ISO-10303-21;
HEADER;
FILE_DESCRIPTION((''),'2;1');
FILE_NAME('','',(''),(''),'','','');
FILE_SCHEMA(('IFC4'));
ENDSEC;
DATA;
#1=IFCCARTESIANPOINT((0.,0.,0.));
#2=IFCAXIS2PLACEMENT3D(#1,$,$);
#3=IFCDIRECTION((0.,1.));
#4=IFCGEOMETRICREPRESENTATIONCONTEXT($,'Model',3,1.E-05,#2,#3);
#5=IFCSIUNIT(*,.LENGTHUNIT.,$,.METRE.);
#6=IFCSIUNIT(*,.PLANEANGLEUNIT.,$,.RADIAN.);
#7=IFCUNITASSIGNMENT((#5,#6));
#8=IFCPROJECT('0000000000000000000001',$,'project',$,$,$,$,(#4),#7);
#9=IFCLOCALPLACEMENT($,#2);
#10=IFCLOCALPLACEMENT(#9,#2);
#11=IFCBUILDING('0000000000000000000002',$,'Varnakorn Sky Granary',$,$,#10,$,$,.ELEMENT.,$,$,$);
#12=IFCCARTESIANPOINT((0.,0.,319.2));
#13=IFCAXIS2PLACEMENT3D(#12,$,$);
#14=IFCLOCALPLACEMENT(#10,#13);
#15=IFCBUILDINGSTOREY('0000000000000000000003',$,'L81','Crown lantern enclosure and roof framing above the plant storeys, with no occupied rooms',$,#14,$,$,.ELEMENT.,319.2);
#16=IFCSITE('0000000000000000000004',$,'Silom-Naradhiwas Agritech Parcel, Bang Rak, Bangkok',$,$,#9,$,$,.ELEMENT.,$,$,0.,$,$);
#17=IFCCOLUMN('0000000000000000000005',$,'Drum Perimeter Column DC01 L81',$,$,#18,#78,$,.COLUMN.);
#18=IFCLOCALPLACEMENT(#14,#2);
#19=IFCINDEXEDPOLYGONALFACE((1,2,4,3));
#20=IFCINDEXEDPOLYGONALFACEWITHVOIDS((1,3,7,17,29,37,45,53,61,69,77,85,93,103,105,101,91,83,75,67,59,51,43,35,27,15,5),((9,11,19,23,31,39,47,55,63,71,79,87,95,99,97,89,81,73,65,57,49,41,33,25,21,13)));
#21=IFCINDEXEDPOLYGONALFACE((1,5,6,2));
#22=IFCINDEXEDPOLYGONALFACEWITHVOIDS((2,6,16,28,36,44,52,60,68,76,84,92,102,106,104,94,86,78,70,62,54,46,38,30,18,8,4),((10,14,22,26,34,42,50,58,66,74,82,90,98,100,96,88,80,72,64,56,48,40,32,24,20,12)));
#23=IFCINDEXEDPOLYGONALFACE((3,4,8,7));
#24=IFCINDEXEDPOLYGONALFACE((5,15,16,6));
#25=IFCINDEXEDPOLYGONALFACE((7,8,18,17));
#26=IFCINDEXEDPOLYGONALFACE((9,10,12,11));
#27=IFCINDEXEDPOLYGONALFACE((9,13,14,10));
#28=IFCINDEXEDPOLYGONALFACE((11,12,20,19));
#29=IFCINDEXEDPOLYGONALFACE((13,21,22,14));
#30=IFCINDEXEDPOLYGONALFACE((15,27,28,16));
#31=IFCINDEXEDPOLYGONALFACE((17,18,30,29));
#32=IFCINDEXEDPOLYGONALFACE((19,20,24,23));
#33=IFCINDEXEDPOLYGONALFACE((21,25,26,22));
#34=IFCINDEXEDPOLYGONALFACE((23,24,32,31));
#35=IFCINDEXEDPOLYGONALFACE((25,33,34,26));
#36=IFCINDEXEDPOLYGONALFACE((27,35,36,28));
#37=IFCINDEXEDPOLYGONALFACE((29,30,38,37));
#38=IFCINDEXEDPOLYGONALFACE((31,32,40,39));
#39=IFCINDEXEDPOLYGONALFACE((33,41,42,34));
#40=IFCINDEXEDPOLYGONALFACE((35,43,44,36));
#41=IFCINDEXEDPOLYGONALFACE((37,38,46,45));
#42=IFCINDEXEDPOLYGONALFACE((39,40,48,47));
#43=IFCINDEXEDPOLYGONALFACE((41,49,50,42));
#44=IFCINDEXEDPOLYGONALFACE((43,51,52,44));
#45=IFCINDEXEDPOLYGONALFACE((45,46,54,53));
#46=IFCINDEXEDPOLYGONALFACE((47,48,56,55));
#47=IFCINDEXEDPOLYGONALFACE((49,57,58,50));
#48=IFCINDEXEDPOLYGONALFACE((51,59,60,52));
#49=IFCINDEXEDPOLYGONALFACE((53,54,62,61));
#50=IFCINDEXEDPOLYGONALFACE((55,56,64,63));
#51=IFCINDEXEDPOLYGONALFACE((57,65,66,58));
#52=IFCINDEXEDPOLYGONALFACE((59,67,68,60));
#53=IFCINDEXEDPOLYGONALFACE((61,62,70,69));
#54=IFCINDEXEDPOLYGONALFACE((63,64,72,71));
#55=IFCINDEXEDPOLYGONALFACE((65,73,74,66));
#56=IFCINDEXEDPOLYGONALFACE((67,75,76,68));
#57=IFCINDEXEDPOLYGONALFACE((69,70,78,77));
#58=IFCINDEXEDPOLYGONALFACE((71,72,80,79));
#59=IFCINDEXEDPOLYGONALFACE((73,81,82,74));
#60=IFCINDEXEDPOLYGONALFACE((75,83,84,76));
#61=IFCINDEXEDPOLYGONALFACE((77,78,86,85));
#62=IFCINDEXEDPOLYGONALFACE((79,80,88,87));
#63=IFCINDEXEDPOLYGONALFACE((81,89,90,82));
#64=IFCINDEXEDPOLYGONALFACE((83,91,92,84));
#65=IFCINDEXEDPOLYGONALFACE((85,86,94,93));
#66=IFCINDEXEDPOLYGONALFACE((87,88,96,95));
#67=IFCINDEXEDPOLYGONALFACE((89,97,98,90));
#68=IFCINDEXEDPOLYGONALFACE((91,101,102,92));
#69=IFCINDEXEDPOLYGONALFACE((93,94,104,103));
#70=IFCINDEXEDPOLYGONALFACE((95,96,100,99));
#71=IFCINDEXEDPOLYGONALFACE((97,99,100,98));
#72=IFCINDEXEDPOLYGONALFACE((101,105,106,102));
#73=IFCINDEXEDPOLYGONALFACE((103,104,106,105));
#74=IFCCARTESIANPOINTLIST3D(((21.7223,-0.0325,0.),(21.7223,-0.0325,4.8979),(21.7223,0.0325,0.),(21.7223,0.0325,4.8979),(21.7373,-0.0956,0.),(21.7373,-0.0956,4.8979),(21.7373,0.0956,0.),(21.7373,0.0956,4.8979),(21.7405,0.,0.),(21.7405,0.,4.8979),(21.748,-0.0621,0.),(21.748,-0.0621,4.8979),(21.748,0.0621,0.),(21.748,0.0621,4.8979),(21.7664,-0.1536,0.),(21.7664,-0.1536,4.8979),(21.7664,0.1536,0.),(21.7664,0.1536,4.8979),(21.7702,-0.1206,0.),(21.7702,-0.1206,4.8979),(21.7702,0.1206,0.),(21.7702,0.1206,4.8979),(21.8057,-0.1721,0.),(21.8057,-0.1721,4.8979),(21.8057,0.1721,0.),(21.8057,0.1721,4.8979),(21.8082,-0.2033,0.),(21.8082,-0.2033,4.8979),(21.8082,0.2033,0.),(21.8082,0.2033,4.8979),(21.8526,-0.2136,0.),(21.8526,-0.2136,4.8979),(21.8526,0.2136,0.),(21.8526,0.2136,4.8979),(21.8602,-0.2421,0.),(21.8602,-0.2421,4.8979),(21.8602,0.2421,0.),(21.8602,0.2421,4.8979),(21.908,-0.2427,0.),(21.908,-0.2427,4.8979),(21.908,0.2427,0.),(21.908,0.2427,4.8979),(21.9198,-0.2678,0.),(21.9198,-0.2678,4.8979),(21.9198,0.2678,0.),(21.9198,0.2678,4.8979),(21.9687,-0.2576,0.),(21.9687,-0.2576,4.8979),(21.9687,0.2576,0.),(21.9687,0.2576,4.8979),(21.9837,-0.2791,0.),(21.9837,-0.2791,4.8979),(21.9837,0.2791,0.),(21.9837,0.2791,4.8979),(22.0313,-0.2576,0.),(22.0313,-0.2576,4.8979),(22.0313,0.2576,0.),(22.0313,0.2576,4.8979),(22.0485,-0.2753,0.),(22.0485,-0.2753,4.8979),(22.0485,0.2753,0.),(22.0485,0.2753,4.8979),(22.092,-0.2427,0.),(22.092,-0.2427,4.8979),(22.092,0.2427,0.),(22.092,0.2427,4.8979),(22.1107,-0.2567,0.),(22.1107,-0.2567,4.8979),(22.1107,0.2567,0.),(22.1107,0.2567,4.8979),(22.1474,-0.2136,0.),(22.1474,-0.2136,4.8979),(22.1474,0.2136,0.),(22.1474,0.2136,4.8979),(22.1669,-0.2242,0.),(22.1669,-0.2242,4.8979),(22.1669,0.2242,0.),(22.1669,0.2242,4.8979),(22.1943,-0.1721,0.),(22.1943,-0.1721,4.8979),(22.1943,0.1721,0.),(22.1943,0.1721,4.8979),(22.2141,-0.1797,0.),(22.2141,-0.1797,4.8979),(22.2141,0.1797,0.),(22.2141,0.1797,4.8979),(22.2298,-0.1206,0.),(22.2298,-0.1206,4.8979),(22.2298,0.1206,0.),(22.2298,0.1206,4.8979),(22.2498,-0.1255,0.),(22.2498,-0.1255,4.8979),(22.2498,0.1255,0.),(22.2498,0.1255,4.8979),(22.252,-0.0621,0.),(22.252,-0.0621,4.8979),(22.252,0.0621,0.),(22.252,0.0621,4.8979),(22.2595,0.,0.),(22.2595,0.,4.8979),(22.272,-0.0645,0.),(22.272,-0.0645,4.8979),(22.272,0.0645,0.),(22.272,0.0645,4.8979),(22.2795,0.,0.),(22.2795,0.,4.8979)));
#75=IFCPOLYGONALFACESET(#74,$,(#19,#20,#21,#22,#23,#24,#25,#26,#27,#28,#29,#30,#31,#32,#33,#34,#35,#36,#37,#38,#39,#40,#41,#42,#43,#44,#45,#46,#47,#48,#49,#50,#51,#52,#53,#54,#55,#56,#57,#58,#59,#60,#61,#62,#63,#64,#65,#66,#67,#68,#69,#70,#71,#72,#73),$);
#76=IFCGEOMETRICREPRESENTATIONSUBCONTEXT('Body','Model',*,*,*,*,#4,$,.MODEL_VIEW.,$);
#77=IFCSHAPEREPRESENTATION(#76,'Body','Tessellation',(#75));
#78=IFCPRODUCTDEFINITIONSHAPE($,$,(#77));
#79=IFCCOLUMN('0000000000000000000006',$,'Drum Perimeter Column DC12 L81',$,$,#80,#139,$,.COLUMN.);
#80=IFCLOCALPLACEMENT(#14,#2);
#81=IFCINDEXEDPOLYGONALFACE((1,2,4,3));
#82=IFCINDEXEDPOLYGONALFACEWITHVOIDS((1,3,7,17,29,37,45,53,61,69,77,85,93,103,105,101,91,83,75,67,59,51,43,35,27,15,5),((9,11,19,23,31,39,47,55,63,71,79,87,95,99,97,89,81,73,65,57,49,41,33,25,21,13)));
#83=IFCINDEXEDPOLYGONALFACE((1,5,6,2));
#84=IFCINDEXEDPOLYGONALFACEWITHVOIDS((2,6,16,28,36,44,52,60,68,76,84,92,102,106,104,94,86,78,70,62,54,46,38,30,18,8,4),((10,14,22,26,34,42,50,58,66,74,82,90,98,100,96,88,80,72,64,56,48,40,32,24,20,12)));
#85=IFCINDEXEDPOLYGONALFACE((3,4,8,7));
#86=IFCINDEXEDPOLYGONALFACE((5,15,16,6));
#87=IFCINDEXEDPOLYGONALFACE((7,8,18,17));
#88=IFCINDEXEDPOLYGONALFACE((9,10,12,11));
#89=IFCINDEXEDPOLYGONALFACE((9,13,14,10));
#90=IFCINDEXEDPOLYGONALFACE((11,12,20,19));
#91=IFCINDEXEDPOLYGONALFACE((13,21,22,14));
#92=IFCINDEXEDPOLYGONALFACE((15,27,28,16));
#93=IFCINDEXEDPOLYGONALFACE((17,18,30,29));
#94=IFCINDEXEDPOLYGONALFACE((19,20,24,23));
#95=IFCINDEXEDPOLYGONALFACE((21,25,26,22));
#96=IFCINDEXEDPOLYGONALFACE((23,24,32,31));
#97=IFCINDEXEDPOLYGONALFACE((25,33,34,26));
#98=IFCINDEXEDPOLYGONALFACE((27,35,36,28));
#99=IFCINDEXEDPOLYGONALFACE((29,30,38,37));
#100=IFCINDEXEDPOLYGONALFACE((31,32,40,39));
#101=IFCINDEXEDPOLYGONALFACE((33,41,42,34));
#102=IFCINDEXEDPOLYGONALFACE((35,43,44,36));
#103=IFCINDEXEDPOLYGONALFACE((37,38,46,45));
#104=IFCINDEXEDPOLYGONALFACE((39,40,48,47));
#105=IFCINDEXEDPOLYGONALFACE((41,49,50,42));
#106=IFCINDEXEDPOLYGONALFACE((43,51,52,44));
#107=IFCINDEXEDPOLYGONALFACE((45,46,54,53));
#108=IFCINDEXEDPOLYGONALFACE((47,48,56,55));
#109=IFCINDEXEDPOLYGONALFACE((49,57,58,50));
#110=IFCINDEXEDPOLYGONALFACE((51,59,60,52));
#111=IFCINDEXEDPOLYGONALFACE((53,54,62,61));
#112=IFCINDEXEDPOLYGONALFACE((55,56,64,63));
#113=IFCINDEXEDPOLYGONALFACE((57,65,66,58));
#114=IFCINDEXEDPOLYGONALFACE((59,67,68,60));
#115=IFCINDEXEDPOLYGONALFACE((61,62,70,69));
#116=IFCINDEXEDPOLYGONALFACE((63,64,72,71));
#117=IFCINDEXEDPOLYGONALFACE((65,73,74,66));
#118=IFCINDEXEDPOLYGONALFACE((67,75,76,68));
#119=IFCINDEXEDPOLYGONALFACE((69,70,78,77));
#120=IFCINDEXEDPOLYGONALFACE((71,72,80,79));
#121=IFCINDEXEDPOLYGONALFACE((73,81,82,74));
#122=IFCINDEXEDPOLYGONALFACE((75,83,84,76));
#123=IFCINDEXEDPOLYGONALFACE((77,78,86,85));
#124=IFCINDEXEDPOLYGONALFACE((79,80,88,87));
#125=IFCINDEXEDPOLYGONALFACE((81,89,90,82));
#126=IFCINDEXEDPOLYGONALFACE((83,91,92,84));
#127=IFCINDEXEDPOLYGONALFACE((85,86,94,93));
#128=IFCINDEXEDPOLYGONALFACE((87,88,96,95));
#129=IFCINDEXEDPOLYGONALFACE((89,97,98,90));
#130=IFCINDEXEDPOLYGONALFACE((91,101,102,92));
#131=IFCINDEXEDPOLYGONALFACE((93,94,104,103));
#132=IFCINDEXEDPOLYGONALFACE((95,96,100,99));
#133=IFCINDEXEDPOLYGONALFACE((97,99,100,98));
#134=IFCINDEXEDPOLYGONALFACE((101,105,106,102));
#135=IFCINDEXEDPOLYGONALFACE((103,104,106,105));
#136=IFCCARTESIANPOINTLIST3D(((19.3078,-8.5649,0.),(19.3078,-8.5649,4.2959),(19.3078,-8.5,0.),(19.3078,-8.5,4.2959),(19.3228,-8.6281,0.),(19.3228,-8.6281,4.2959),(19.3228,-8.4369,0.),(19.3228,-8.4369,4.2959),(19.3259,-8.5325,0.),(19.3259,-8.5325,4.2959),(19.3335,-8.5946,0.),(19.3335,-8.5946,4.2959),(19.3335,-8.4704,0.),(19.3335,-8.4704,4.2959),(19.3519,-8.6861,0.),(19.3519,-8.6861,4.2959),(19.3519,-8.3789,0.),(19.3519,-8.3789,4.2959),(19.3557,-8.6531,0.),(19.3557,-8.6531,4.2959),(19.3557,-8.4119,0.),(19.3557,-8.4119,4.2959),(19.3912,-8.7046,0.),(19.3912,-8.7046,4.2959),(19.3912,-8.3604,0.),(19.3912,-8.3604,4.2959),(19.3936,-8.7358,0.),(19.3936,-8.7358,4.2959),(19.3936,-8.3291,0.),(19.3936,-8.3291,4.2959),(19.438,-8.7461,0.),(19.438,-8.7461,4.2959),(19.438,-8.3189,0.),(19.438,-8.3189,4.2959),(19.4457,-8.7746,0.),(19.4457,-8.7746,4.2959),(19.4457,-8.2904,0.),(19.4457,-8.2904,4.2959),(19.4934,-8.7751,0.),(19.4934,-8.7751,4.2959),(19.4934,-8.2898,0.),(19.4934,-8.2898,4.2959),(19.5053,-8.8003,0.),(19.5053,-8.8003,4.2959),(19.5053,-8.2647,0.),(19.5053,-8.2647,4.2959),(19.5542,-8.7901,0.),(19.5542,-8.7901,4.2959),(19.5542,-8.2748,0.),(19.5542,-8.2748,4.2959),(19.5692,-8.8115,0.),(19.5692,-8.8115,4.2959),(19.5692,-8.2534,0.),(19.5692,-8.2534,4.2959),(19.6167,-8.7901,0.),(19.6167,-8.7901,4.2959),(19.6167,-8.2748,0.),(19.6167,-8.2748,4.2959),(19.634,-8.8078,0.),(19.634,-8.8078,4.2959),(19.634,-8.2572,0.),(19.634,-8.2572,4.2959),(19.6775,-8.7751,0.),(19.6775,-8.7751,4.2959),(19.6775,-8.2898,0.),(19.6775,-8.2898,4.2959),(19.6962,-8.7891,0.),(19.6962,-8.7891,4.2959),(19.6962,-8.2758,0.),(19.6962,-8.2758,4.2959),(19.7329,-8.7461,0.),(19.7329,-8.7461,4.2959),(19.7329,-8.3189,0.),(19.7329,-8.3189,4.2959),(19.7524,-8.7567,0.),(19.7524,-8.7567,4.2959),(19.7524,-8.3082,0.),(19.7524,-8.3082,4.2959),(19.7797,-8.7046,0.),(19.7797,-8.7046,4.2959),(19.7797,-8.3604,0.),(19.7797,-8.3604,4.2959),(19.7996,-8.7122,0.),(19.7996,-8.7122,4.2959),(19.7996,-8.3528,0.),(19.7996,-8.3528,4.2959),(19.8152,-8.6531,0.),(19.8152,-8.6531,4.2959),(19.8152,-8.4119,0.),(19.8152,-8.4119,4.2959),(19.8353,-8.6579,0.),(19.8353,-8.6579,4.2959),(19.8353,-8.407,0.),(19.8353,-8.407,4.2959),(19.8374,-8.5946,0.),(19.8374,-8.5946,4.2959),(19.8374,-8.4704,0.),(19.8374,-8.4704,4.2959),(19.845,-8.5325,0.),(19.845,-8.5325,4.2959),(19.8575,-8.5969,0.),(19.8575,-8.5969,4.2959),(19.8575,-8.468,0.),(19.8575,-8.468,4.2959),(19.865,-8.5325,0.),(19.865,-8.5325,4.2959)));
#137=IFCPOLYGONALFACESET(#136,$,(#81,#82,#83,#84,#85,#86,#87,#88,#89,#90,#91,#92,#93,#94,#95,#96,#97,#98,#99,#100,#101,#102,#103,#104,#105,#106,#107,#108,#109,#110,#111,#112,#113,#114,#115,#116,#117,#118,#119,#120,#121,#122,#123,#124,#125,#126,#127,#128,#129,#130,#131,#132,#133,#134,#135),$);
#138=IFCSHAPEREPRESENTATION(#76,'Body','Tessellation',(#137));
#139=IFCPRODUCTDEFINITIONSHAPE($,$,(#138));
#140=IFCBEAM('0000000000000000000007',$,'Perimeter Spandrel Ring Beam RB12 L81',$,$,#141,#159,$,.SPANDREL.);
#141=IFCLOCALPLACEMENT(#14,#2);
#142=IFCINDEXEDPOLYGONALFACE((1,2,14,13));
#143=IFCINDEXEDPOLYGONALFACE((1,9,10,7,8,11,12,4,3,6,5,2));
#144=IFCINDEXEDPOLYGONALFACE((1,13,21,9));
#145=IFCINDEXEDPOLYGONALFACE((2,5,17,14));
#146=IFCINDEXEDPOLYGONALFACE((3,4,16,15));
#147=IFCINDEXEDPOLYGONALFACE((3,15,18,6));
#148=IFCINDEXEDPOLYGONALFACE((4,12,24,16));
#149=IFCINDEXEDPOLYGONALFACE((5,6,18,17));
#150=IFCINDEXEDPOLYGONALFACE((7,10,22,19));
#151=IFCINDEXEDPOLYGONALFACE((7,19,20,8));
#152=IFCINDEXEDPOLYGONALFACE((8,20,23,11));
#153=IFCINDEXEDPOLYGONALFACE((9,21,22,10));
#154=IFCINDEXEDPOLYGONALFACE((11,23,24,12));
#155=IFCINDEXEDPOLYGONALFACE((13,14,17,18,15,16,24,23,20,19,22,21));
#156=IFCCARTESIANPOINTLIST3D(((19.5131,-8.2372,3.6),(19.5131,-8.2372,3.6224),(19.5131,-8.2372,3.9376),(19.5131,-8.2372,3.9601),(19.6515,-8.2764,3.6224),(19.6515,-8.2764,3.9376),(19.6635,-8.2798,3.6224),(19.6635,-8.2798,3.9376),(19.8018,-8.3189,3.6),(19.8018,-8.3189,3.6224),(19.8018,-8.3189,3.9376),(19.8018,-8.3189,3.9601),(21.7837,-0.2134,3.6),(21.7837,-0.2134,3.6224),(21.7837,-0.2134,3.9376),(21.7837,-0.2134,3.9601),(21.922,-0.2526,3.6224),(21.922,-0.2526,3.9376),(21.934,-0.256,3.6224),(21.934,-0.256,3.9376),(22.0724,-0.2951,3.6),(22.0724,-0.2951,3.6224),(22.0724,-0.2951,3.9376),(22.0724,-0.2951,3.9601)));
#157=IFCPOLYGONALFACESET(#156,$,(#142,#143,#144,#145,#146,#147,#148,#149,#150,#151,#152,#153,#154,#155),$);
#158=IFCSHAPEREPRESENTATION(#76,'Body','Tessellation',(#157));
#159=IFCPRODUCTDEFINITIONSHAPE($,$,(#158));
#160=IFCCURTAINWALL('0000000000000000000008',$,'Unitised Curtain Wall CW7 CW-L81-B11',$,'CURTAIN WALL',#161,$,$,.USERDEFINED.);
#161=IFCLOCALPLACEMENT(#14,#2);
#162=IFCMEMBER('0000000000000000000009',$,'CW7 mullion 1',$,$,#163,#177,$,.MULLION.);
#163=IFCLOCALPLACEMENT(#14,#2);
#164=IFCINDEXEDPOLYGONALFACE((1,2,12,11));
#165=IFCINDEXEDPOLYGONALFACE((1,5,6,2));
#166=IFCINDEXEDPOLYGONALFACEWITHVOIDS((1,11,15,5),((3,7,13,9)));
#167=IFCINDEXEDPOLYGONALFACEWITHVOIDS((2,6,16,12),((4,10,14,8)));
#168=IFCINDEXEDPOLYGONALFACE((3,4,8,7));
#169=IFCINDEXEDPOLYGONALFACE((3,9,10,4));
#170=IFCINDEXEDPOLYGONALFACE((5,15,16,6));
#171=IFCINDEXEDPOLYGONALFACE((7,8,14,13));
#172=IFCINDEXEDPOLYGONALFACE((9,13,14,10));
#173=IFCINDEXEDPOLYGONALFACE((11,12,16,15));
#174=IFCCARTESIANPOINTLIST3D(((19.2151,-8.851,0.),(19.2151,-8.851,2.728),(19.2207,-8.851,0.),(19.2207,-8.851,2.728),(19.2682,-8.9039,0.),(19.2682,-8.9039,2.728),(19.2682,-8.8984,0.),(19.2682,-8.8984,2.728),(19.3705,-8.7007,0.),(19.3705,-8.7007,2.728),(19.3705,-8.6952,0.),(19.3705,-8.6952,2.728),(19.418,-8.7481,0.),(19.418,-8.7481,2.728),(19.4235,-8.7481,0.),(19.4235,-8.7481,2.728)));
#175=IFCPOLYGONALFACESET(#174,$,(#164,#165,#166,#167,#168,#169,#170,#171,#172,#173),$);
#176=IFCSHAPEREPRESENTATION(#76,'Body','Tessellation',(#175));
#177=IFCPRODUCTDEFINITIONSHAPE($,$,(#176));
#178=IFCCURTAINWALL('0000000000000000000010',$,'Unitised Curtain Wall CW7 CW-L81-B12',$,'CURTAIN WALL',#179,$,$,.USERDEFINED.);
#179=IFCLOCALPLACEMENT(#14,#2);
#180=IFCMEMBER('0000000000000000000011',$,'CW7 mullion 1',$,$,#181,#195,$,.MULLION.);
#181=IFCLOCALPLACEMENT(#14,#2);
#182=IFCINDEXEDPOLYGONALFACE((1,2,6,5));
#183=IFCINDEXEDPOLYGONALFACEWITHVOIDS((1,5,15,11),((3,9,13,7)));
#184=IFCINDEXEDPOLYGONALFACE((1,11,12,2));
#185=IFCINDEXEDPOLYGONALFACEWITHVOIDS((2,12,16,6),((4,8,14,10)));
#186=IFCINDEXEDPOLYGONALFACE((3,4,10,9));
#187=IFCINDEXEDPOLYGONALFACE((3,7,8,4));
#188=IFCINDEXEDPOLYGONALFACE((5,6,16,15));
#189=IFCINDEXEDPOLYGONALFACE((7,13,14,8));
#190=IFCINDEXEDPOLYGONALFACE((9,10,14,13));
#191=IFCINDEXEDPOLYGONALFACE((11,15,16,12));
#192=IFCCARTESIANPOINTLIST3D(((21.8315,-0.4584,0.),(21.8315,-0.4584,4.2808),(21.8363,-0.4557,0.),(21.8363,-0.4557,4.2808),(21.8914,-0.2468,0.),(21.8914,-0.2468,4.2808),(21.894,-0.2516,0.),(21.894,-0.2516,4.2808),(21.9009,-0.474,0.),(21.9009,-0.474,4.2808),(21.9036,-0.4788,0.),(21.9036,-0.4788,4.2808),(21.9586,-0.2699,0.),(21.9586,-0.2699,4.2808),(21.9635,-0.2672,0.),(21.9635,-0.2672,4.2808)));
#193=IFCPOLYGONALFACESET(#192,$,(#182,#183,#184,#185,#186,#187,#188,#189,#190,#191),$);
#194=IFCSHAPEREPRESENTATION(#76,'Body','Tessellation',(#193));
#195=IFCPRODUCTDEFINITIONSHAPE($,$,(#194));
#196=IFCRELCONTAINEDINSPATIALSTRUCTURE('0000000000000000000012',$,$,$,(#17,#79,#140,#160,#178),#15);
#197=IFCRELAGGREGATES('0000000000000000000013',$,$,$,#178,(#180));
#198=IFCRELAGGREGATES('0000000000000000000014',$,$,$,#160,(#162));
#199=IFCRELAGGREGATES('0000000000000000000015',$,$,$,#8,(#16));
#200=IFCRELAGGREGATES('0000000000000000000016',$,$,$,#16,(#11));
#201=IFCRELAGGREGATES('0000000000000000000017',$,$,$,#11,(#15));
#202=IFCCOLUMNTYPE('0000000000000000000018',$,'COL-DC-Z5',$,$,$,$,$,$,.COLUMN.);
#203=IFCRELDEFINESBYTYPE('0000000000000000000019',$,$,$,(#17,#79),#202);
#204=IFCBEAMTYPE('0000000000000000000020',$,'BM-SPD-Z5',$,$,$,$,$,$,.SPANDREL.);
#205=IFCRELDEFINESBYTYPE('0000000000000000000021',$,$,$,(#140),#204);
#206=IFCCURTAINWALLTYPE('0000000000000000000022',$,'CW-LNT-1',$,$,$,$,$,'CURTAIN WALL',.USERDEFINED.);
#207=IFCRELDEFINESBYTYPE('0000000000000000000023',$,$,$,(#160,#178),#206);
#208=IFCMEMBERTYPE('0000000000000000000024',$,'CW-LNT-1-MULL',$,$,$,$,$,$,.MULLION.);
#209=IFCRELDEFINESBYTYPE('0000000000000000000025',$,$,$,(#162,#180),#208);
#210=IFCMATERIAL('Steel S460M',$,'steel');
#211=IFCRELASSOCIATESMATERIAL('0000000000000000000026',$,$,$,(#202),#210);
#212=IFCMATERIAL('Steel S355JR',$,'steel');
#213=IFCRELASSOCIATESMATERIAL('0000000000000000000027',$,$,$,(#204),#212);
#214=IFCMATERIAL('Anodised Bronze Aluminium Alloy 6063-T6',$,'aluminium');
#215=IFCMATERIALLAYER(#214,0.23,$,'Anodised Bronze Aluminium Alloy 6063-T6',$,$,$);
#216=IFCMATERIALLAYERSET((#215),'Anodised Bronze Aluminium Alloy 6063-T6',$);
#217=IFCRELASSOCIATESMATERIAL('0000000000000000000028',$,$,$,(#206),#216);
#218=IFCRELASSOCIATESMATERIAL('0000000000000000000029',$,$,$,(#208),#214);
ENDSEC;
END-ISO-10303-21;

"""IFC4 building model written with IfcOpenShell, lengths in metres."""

from ifc_helpers import new_model, si_unit, direction, frame, origin, origin_2d, place, context, subcontext, project, spatial, hollow_rectangle, hollow_circle, i_section, extrude, material, layer, layer_set, material_profile, profile_set, type_object, element, aggregate, save


model = new_model("IFC4")

# Units and contexts
model_context = context("Model", 3, precision=1e-05, world=origin(), true_north=direction((0.0, 1.0)))
body_context = subcontext(model_context, "Body", "Model", "MODEL_VIEW")
ifc_project = project(units=[si_unit("LENGTHUNIT", "METRE"), si_unit("PLANEANGLEUNIT", "RADIAN")], contexts=[model_context])

# Site, building, storey
site_placement = place(None, origin())
site = spatial("IfcSite", under=ifc_project, at=site_placement, Name="Silom-Naradhiwas Agritech Parcel, Bang Rak, Bangkok", CompositionType="ELEMENT", RefElevation=0.0)
building_placement = place(site_placement, origin())
building = spatial("IfcBuilding", under=site, at=building_placement, Name="Varnakorn Sky Granary", CompositionType="ELEMENT")
storey_placement = place(building_placement, frame((0.0, 0.0, 319.2)))
storey = spatial("IfcBuildingStorey", under=building, at=storey_placement, Name="L81", Description="Crown lantern enclosure and roof framing above the plant storeys, with no occupied rooms", CompositionType="ELEMENT", Elevation=319.2)

# Columns
ifc_material_1 = material(Name="Steel S460M", Category="steel")
ifc_material_profile_1 = material_profile(ifc_material_1, hollow_circle(Radius=0.2795, WallThickness=0.02, at=origin_2d()), Name="CHS 559x20")
ifc_profile_set_1 = profile_set([ifc_material_profile_1], Name="Steel S460M")
column_type = type_object("IfcColumnType", Name="COL-DC-Z5", PredefinedType="COLUMN", material=ifc_profile_set_1)
column_1_placement = place(storey_placement, frame((22.0, 0.0, 0.0), z_axis=(0.0, 0.0, 1.0), x_axis=(1.0, 0.0, 0.0)))
element("IfcColumn", 1, at=column_1_placement, inside=storey, type_object=column_type, Name="Drum Perimeter Column DC01 L81", PredefinedType="COLUMN", context=body_context, shape_type="SweptSolid", body=[
    extrude(hollow_circle(Radius=0.2795, WallThickness=0.02, at=origin_2d()), origin(), (0.0, 0.0, 1.0), 4.8979),
])
column_2_placement = place(storey_placement, frame((19.5854, -8.5325, 0.0), z_axis=(0.0, 0.0, 1.0), x_axis=(1.0, 0.0, 0.0)))
element("IfcColumn", 2, at=column_2_placement, inside=storey, type_object=column_type, Name="Drum Perimeter Column DC12 L81", PredefinedType="COLUMN", context=body_context, shape_type="SweptSolid", body=[
    extrude(hollow_circle(Radius=0.2795, WallThickness=0.02, at=origin_2d()), origin(), (0.0, 0.0, 1.0), 4.2959),
])

# Beam
ifc_material_2 = material(Name="Steel S355JR", Category="steel")
ifc_material_profile_2 = material_profile(ifc_material_2, i_section(OverallWidth=0.3, OverallDepth=0.3601, WebThickness=0.0125, FlangeThickness=0.0225, at=origin_2d()), Name="HE 360 B")
ifc_profile_set_2 = profile_set([ifc_material_profile_2], Name="Steel S355JR")
beam_type = type_object("IfcBeamType", Name="BM-SPD-Z5", PredefinedType="SPANDREL", material=ifc_profile_set_2)
beam_placement = place(storey_placement, frame((19.6575, -8.2781, 3.78), z_axis=(0.272284, 0.962217, 0.0), x_axis=(-0.962217, 0.272284, 0.0)))
element("IfcBeam", 3, at=beam_placement, inside=storey, type_object=beam_type, Name="Perimeter Spandrel Ring Beam RB12 L81", PredefinedType="SPANDREL", context=body_context, shape_type="SweptSolid", body=[
    extrude(i_section(OverallWidth=0.3, OverallDepth=0.3601, WebThickness=0.0125, FlangeThickness=0.0225, at=origin_2d()), origin(), (0.0, 0.0, 1.0), 8.3389),
])

# Curtain wall, member
ifc_material_3 = material(Name="Anodised Bronze Aluminium Alloy 6063-T6", Category="aluminium")
ifc_layer_1 = layer(ifc_material_3, 0.23, Name="Anodised Bronze Aluminium Alloy 6063-T6")
ifc_layer_set_1 = layer_set([ifc_layer_1], Name="Anodised Bronze Aluminium Alloy 6063-T6")
curtain_wall_type = type_object("IfcCurtainWallType", Name="CW-LNT-1", ElementType="CURTAIN WALL", PredefinedType="USERDEFINED", material=ifc_layer_set_1)
curtain_wall_1_placement = place(storey_placement, origin())
curtain_wall_1 = element("IfcCurtainWall", 4, at=curtain_wall_1_placement, inside=storey, type_object=curtain_wall_type, Name="Unitised Curtain Wall CW7 CW-L81-B11", ObjectType="CURTAIN WALL", PredefinedType="USERDEFINED")
ifc_material_profile_3 = material_profile(ifc_material_3, hollow_rectangle(XDim=0.075, YDim=0.22, WallThickness=0.0039, at=origin_2d()), Name="ALU MULL 75x220")
ifc_profile_set_3 = profile_set([ifc_material_profile_3], Name="Anodised Bronze Aluminium Alloy 6063-T6")
member_type_1 = type_object("IfcMemberType", Name="CW-LNT-1-MULL", PredefinedType="MULLION", material=ifc_profile_set_3)
member_1_placement = place(storey_placement, frame((19.3193, -8.7996, 0.0), z_axis=(0.0, 0.0, 1.0), x_axis=(0.708144, -0.706068, 0.0)))
member_1 = element("IfcMember", 5, at=member_1_placement, type_object=member_type_1, Name="CW7 mullion 1", PredefinedType="MULLION", context=body_context, shape_type="SweptSolid", body=[
    extrude(hollow_rectangle(XDim=0.075, YDim=0.22, WallThickness=0.0039, at=origin_2d()), origin(), (0.0, 0.0, 1.0), 2.728),
])

# Curtain wall, member
curtain_wall_2_placement = place(storey_placement, origin())
curtain_wall_2 = element("IfcCurtainWall", 6, at=curtain_wall_2_placement, inside=storey, type_object=curtain_wall_type, Name="Unitised Curtain Wall CW7 CW-L81-B12", ObjectType="CURTAIN WALL", PredefinedType="USERDEFINED")
member_2_placement = place(storey_placement, frame((21.8975, -0.3628, 0.0), z_axis=(0.0, 0.0, 1.0), x_axis=(0.96221, -0.272307, 0.0)))
member_2 = element("IfcMember", 7, at=member_2_placement, type_object=member_type_1, Name="CW7 mullion 1", PredefinedType="MULLION", context=body_context, shape_type="SweptSolid", body=[
    extrude(hollow_rectangle(XDim=0.075, YDim=0.22, WallThickness=0.0039, at=origin_2d()), origin(), (0.0, 0.0, 1.0), 4.2808),
])

aggregate(curtain_wall_2, [member_2])
aggregate(curtain_wall_1, [member_1])

save(model, "model.ifc")
